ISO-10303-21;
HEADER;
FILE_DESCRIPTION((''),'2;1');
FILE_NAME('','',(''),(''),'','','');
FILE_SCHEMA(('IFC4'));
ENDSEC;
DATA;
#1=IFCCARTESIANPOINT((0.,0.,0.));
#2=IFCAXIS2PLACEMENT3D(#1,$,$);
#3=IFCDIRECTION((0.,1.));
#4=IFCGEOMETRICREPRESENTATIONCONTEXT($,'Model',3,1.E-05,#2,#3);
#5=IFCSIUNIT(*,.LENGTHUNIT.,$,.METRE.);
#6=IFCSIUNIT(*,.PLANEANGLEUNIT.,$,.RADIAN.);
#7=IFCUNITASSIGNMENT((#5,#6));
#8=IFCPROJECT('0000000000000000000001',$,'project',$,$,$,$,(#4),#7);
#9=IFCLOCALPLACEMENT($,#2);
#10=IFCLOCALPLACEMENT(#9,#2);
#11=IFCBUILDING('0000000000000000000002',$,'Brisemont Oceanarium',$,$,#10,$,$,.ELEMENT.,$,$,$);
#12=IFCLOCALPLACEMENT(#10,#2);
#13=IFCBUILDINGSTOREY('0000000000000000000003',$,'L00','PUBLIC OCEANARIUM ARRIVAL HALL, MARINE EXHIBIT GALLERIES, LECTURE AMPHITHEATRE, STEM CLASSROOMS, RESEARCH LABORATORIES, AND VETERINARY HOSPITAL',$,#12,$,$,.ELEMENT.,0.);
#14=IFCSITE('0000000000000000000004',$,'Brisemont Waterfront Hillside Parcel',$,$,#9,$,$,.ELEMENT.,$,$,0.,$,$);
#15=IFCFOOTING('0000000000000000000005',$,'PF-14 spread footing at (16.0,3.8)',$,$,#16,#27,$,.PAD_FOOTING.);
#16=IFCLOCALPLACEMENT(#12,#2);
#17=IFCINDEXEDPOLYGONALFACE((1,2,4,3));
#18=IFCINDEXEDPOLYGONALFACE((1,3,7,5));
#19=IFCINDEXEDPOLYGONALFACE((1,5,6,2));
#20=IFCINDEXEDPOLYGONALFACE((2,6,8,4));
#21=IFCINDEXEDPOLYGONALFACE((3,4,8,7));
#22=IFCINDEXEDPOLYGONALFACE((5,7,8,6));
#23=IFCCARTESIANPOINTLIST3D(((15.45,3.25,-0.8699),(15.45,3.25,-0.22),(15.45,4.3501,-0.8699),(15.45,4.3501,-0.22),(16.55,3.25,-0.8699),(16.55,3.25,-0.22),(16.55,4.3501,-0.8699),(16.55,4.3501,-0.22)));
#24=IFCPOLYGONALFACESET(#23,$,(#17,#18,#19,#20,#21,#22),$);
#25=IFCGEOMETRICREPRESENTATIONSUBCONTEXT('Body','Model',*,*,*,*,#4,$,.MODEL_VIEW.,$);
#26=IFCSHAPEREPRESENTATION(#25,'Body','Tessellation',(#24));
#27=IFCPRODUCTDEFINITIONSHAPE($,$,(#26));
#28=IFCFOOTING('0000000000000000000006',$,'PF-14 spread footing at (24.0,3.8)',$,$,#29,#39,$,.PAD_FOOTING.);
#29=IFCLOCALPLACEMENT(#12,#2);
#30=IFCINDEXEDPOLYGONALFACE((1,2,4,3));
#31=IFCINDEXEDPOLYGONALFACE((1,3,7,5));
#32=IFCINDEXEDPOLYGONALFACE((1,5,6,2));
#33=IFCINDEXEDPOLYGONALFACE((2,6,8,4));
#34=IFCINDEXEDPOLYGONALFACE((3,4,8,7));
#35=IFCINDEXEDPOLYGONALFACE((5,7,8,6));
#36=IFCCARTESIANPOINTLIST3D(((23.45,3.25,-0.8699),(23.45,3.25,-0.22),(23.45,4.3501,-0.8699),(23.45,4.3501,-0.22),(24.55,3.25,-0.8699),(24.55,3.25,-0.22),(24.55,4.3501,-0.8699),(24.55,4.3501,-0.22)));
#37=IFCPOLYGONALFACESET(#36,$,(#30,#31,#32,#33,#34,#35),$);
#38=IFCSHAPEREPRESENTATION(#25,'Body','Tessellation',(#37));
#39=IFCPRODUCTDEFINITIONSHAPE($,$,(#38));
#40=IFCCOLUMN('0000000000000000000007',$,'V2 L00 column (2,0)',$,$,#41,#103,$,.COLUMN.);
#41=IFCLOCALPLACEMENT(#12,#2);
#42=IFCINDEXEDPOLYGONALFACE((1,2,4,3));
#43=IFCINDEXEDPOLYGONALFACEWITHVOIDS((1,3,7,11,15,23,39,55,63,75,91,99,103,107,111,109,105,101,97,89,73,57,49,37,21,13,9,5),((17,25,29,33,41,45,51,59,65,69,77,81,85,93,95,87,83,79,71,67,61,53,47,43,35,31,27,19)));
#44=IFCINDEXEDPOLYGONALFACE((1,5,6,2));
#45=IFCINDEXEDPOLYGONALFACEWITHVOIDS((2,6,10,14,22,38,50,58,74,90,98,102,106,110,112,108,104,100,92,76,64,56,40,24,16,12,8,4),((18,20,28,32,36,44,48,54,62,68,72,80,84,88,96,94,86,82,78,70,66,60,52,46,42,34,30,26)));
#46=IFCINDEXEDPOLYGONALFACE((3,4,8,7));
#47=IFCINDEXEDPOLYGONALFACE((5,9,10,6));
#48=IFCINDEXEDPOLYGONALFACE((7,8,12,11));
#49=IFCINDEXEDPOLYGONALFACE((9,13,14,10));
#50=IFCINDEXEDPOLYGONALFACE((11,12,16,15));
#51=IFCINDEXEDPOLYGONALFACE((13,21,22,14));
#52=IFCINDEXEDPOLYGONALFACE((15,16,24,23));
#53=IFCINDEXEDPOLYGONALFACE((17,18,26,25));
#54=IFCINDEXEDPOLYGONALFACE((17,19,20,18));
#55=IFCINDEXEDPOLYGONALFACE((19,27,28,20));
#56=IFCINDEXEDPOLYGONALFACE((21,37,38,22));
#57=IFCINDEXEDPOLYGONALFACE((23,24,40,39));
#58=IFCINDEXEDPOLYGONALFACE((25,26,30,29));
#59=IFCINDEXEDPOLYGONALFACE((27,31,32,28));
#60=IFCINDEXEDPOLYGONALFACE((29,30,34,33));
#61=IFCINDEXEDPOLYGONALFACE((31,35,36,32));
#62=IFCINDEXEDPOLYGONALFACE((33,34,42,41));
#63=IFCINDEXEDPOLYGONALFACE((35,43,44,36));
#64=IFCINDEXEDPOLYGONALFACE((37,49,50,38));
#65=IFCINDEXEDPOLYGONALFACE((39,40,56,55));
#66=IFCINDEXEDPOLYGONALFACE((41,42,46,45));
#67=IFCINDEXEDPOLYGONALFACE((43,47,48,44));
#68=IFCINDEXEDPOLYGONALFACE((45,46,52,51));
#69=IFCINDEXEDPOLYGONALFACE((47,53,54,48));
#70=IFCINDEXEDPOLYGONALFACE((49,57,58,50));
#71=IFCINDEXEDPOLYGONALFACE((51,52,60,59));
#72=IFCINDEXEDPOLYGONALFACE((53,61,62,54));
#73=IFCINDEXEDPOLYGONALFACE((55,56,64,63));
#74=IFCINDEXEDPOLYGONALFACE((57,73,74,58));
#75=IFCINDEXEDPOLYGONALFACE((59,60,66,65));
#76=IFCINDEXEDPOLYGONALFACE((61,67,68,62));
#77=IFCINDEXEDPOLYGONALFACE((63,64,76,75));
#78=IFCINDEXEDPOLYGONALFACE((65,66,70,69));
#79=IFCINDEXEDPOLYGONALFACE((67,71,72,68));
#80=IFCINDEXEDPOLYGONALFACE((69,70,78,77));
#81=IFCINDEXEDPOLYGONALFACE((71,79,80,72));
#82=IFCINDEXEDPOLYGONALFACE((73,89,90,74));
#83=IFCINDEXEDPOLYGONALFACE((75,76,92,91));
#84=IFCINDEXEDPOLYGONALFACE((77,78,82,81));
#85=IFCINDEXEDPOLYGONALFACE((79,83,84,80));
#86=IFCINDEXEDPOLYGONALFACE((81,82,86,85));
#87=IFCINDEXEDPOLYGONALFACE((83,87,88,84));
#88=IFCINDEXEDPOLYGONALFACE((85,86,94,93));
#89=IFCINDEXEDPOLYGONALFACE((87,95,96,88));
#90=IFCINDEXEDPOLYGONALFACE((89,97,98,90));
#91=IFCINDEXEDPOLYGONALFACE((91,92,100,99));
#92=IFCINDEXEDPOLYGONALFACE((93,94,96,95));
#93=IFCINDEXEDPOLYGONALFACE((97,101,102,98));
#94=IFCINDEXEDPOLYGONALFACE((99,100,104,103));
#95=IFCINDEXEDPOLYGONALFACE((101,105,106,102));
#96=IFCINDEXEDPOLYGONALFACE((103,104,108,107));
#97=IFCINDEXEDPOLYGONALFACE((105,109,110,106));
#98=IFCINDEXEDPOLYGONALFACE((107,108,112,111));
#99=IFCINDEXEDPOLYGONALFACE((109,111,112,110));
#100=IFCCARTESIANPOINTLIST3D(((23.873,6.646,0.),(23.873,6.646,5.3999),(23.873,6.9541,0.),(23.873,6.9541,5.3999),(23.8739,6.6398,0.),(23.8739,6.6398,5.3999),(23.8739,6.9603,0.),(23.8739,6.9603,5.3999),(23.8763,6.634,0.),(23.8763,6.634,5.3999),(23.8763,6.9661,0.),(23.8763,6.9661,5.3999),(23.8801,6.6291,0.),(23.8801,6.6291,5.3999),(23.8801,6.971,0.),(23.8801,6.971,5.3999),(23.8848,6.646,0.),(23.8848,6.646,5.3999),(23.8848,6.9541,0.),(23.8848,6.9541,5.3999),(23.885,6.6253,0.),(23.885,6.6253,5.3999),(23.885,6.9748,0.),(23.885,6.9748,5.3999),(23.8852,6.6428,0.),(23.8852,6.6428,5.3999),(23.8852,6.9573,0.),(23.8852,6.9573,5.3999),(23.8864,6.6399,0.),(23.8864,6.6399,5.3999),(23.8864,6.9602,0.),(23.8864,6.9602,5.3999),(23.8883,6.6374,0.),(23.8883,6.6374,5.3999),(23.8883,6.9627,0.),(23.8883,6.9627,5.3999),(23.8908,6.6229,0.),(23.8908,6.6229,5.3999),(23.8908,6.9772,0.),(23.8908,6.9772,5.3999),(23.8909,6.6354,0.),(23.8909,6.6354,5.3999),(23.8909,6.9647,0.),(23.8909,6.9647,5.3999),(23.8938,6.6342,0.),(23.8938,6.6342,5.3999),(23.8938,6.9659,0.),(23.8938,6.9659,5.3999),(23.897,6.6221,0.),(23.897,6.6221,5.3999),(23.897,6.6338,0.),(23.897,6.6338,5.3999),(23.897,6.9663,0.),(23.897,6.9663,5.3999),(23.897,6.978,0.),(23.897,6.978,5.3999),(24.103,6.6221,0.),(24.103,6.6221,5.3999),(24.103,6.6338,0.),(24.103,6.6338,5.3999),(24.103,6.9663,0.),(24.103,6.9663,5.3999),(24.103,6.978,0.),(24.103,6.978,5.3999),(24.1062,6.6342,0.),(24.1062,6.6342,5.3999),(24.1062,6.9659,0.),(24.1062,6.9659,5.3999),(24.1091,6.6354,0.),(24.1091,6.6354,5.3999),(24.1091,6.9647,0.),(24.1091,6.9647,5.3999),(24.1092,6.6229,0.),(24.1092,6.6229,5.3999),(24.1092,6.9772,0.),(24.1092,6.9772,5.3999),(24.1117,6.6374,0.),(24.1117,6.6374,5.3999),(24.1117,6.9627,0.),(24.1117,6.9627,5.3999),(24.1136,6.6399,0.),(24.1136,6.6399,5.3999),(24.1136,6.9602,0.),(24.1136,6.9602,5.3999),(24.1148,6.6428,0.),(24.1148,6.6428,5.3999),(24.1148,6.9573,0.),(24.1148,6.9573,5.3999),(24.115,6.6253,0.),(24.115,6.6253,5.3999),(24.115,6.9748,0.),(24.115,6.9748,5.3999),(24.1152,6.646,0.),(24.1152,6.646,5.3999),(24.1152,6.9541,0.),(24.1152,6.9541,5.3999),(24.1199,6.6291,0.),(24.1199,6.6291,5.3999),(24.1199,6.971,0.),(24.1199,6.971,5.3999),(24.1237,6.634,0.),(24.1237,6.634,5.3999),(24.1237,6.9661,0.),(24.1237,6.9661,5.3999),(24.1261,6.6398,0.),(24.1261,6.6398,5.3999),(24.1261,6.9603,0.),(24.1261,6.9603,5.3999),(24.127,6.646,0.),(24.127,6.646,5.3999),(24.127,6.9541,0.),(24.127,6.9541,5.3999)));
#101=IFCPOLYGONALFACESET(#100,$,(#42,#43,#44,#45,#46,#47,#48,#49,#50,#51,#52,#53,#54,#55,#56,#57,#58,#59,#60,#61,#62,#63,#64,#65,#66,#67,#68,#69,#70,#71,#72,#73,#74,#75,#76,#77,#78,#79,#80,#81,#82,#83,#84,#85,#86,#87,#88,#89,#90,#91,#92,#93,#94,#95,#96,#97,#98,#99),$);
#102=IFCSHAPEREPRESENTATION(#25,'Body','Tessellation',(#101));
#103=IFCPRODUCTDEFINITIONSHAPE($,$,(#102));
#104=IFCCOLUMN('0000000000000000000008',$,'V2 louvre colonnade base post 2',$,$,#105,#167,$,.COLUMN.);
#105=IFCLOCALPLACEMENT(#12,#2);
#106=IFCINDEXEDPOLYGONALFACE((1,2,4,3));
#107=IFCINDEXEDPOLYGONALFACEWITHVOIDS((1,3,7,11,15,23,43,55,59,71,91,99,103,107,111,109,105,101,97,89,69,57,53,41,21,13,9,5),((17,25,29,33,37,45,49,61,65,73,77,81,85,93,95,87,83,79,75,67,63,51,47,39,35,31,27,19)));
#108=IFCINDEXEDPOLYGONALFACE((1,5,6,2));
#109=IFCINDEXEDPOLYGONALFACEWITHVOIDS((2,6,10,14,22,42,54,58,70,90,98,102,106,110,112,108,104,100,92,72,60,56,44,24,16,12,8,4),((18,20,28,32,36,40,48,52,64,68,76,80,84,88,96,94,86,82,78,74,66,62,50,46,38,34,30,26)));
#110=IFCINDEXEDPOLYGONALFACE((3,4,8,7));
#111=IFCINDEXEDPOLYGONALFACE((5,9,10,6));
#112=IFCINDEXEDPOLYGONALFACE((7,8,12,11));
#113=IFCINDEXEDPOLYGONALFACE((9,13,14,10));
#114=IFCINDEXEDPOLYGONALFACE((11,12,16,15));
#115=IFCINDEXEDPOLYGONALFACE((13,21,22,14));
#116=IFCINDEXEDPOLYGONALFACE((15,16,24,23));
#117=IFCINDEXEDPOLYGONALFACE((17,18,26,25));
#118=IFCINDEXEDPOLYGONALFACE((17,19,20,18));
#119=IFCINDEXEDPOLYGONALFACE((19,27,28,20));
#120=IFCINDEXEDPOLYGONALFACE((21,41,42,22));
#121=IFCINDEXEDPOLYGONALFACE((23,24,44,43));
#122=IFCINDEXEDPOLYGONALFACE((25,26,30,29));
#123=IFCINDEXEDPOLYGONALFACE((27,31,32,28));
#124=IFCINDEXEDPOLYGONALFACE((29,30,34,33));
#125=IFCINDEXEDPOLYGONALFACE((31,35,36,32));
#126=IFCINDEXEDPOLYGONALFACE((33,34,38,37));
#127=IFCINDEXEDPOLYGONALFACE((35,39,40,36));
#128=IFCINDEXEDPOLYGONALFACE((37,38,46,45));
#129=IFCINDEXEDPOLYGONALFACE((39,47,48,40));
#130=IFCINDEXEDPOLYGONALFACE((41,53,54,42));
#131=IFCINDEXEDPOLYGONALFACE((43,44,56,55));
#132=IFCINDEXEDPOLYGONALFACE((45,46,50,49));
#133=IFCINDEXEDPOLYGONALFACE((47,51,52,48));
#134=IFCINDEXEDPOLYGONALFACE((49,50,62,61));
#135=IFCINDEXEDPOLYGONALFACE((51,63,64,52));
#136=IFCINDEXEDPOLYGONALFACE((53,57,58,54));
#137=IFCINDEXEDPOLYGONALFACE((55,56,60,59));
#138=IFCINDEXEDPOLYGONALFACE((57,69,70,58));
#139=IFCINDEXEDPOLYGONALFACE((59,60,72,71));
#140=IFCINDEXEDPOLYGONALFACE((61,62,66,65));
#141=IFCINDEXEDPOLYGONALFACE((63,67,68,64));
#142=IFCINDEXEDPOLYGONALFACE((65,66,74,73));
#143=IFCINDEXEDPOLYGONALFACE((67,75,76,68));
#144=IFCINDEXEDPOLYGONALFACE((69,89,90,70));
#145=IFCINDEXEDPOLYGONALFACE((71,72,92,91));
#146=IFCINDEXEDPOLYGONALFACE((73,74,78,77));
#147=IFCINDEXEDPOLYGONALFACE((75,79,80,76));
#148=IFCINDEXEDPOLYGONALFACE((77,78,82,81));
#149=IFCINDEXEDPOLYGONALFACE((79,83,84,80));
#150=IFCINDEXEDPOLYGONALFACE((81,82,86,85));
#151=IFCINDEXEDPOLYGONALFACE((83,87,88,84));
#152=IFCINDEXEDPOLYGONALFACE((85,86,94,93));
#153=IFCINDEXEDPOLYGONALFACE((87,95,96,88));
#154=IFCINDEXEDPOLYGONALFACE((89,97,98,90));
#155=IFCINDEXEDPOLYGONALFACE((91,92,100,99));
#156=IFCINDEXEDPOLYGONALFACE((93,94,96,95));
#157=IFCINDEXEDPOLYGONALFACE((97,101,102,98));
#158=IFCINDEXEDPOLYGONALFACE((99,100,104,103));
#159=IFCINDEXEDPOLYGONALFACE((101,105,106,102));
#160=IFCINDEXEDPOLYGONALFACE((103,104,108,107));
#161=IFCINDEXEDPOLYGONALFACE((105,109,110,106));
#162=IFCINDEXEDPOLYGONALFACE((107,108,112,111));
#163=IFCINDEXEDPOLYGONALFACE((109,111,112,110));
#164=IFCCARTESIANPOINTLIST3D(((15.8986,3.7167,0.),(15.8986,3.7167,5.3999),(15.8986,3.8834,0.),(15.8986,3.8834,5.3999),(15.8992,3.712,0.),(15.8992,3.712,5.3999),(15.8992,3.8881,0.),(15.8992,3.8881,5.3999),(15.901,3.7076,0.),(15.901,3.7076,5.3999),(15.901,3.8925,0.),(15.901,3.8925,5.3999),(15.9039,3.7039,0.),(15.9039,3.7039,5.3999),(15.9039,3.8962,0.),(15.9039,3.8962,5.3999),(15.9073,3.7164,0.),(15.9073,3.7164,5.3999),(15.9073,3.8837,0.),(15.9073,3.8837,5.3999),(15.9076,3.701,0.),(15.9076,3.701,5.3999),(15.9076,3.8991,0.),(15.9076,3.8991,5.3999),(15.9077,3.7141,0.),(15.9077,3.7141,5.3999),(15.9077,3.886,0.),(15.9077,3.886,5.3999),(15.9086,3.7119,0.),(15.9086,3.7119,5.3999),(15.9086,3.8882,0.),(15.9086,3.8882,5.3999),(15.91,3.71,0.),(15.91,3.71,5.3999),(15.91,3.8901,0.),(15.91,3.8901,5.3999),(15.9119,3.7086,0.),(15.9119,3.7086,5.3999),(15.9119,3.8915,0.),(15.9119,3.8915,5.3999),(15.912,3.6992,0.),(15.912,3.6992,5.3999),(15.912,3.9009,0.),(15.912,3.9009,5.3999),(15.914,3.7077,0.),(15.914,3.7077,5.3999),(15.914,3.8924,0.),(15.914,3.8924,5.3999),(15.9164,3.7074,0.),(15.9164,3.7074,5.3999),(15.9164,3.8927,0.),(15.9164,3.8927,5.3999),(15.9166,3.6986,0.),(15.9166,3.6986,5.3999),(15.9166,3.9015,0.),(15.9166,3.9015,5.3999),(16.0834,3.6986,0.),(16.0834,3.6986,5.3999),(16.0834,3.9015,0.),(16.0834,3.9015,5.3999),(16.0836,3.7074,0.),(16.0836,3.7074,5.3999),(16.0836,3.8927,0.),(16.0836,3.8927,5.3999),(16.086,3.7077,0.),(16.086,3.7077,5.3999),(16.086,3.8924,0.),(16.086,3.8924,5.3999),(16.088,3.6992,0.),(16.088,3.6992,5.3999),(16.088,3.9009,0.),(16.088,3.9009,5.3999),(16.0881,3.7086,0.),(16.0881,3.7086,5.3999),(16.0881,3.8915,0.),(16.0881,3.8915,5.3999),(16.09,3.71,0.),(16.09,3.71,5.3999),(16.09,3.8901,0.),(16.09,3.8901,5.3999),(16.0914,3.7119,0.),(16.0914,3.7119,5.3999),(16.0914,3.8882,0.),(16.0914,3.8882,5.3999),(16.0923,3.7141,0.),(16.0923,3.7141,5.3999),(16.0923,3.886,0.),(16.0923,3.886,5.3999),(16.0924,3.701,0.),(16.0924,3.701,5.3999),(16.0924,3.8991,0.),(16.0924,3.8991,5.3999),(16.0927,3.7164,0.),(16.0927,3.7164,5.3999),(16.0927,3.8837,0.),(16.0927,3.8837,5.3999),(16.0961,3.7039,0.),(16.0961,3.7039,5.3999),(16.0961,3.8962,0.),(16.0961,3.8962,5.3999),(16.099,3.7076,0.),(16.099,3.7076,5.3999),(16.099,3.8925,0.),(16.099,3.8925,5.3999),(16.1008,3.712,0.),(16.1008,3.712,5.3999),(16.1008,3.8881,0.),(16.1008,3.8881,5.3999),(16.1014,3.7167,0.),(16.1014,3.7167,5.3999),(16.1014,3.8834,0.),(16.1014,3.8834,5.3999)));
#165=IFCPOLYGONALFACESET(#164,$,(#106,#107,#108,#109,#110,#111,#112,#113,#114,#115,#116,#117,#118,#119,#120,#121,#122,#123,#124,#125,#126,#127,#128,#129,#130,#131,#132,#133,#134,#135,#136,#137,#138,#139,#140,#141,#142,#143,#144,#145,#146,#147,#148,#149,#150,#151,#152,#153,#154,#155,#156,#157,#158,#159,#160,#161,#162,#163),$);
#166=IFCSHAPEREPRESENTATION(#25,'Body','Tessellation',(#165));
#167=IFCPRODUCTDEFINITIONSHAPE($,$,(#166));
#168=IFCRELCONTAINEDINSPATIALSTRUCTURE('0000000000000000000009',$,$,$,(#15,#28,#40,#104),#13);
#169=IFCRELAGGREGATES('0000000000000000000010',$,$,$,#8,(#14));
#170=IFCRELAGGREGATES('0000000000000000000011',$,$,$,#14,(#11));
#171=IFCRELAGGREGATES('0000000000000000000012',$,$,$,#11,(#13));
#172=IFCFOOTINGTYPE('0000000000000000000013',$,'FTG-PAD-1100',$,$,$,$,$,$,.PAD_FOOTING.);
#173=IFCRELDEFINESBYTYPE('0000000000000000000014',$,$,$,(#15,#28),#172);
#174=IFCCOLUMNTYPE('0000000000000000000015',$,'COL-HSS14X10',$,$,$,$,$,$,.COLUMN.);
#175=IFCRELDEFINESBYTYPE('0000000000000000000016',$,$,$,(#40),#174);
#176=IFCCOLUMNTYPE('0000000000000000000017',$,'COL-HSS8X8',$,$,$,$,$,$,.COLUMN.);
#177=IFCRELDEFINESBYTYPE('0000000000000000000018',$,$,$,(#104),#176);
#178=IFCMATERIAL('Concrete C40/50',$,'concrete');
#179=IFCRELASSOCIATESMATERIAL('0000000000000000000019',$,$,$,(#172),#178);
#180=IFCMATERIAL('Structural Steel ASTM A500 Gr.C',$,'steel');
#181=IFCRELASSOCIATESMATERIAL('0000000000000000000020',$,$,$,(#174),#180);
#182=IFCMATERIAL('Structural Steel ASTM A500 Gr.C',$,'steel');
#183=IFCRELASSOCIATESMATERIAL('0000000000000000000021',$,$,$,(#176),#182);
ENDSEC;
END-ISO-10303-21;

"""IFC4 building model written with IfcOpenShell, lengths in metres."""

from ifc_helpers import new_model, si_unit, direction, frame, origin, origin_2d, place, context, subcontext, project, spatial, rectangle, hollow_rectangle, extrude, material, material_profile, profile_set, type_object, element, save


model = new_model("IFC4")

# Units and contexts
model_context = context("Model", 3, precision=1e-05, world=origin(), true_north=direction((0.0, 1.0)))
body_context = subcontext(model_context, "Body", "Model", "MODEL_VIEW")
ifc_project = project(units=[si_unit("LENGTHUNIT", "METRE"), si_unit("PLANEANGLEUNIT", "RADIAN")], contexts=[model_context])

# Site, building, storey
site_placement = place(None, origin())
site = spatial("IfcSite", under=ifc_project, at=site_placement, Name="Brisemont Waterfront Hillside Parcel", CompositionType="ELEMENT", RefElevation=0.0)
building_placement = place(site_placement, origin())
building = spatial("IfcBuilding", under=site, at=building_placement, Name="Brisemont Oceanarium", CompositionType="ELEMENT")
storey_placement = place(building_placement, origin())
storey = spatial("IfcBuildingStorey", under=building, at=storey_placement, Name="L00", Description="PUBLIC OCEANARIUM ARRIVAL HALL, MARINE EXHIBIT GALLERIES, LECTURE AMPHITHEATRE, STEM CLASSROOMS, RESEARCH LABORATORIES, AND VETERINARY HOSPITAL", CompositionType="ELEMENT", Elevation=0.0)

# Footings
ifc_material_1 = material(Name="Concrete C40/50", Category="concrete")
footing_type = type_object("IfcFootingType", Name="FTG-PAD-1100", PredefinedType="PAD_FOOTING", material=ifc_material_1)
for number, where, z_axis, x_axis, name in (
    (1, (16.0, 3.8, -0.8699), (0.0, 0.0, 1.0), (1.0, 0.0, 0.0), "PF-14 spread footing at (16.0,3.8)"),
    (2, (24.0, 3.8, -0.8699), (0.0, 0.0, 1.0), (1.0, 0.0, 0.0), "PF-14 spread footing at (24.0,3.8)"),
):
    element("IfcFooting", number, at=place(storey_placement, frame(where, z_axis=z_axis, x_axis=x_axis)), inside=storey, type_object=footing_type, Name=name, PredefinedType="PAD_FOOTING", context=body_context, shape_type="SweptSolid", body=[
        extrude(rectangle(XDim=1.1001, YDim=1.1001, at=origin_2d()), origin(), (0.0, 0.0, 1.0), 0.6499),
    ])

# Columns
ifc_material_2 = material(Name="Structural Steel ASTM A500 Gr.C", Category="steel")
ifc_material_profile_1 = material_profile(ifc_material_2, hollow_rectangle(XDim=0.2539, YDim=0.356, WallThickness=0.0117, InnerFilletRadius=0.0122, OuterFilletRadius=0.0239, at=origin_2d()), Name="HSS14X10X1/2")
ifc_profile_set_1 = profile_set([ifc_material_profile_1], Name="Structural Steel ASTM A500 Gr.C")
column_type_1 = type_object("IfcColumnType", Name="COL-HSS14X10", PredefinedType="COLUMN", material=ifc_profile_set_1)
column_1_placement = place(storey_placement, frame((24.0, 6.8, 0.0), z_axis=(0.0, 0.0, 1.0), x_axis=(1.0, 0.0, 0.0)))
element("IfcColumn", 3, at=column_1_placement, inside=storey, type_object=column_type_1, Name="V2 L00 column (2,0)", PredefinedType="COLUMN", context=body_context, shape_type="SweptSolid", body=[
    extrude(hollow_rectangle(XDim=0.2539, YDim=0.356, WallThickness=0.0117, InnerFilletRadius=0.0122, OuterFilletRadius=0.0239, at=origin_2d()), origin(), (0.0, 0.0, 1.0), 5.3999),
])
ifc_material_3 = material(Name="Structural Steel ASTM A500 Gr.C", Category="steel")
ifc_material_profile_2 = material_profile(ifc_material_3, hollow_rectangle(XDim=0.2029, YDim=0.2029, WallThickness=0.0088, InnerFilletRadius=0.009, OuterFilletRadius=0.0181, at=origin_2d()), Name="HSS8X8X3/8")
ifc_profile_set_2 = profile_set([ifc_material_profile_2], Name="Structural Steel ASTM A500 Gr.C")
column_type_2 = type_object("IfcColumnType", Name="COL-HSS8X8", PredefinedType="COLUMN", material=ifc_profile_set_2)
for number, where, z_axis, x_axis, name in (
    (4, (16.0, 3.8, 0.0), (0.0, 0.0, 1.0), (1.0, 0.0, 0.0), "V2 louvre colonnade base post 2"),
):
    element("IfcColumn", number, at=place(storey_placement, frame(where, z_axis=z_axis, x_axis=x_axis)), inside=storey, type_object=column_type_2, Name=name, PredefinedType="COLUMN", context=body_context, shape_type="SweptSolid", body=[
        extrude(hollow_rectangle(XDim=0.2029, YDim=0.2029, WallThickness=0.0088, InnerFilletRadius=0.009, OuterFilletRadius=0.0181, at=origin_2d()), origin(), (0.0, 0.0, 1.0), 5.3999),
    ])

save(model, "model.ifc")
